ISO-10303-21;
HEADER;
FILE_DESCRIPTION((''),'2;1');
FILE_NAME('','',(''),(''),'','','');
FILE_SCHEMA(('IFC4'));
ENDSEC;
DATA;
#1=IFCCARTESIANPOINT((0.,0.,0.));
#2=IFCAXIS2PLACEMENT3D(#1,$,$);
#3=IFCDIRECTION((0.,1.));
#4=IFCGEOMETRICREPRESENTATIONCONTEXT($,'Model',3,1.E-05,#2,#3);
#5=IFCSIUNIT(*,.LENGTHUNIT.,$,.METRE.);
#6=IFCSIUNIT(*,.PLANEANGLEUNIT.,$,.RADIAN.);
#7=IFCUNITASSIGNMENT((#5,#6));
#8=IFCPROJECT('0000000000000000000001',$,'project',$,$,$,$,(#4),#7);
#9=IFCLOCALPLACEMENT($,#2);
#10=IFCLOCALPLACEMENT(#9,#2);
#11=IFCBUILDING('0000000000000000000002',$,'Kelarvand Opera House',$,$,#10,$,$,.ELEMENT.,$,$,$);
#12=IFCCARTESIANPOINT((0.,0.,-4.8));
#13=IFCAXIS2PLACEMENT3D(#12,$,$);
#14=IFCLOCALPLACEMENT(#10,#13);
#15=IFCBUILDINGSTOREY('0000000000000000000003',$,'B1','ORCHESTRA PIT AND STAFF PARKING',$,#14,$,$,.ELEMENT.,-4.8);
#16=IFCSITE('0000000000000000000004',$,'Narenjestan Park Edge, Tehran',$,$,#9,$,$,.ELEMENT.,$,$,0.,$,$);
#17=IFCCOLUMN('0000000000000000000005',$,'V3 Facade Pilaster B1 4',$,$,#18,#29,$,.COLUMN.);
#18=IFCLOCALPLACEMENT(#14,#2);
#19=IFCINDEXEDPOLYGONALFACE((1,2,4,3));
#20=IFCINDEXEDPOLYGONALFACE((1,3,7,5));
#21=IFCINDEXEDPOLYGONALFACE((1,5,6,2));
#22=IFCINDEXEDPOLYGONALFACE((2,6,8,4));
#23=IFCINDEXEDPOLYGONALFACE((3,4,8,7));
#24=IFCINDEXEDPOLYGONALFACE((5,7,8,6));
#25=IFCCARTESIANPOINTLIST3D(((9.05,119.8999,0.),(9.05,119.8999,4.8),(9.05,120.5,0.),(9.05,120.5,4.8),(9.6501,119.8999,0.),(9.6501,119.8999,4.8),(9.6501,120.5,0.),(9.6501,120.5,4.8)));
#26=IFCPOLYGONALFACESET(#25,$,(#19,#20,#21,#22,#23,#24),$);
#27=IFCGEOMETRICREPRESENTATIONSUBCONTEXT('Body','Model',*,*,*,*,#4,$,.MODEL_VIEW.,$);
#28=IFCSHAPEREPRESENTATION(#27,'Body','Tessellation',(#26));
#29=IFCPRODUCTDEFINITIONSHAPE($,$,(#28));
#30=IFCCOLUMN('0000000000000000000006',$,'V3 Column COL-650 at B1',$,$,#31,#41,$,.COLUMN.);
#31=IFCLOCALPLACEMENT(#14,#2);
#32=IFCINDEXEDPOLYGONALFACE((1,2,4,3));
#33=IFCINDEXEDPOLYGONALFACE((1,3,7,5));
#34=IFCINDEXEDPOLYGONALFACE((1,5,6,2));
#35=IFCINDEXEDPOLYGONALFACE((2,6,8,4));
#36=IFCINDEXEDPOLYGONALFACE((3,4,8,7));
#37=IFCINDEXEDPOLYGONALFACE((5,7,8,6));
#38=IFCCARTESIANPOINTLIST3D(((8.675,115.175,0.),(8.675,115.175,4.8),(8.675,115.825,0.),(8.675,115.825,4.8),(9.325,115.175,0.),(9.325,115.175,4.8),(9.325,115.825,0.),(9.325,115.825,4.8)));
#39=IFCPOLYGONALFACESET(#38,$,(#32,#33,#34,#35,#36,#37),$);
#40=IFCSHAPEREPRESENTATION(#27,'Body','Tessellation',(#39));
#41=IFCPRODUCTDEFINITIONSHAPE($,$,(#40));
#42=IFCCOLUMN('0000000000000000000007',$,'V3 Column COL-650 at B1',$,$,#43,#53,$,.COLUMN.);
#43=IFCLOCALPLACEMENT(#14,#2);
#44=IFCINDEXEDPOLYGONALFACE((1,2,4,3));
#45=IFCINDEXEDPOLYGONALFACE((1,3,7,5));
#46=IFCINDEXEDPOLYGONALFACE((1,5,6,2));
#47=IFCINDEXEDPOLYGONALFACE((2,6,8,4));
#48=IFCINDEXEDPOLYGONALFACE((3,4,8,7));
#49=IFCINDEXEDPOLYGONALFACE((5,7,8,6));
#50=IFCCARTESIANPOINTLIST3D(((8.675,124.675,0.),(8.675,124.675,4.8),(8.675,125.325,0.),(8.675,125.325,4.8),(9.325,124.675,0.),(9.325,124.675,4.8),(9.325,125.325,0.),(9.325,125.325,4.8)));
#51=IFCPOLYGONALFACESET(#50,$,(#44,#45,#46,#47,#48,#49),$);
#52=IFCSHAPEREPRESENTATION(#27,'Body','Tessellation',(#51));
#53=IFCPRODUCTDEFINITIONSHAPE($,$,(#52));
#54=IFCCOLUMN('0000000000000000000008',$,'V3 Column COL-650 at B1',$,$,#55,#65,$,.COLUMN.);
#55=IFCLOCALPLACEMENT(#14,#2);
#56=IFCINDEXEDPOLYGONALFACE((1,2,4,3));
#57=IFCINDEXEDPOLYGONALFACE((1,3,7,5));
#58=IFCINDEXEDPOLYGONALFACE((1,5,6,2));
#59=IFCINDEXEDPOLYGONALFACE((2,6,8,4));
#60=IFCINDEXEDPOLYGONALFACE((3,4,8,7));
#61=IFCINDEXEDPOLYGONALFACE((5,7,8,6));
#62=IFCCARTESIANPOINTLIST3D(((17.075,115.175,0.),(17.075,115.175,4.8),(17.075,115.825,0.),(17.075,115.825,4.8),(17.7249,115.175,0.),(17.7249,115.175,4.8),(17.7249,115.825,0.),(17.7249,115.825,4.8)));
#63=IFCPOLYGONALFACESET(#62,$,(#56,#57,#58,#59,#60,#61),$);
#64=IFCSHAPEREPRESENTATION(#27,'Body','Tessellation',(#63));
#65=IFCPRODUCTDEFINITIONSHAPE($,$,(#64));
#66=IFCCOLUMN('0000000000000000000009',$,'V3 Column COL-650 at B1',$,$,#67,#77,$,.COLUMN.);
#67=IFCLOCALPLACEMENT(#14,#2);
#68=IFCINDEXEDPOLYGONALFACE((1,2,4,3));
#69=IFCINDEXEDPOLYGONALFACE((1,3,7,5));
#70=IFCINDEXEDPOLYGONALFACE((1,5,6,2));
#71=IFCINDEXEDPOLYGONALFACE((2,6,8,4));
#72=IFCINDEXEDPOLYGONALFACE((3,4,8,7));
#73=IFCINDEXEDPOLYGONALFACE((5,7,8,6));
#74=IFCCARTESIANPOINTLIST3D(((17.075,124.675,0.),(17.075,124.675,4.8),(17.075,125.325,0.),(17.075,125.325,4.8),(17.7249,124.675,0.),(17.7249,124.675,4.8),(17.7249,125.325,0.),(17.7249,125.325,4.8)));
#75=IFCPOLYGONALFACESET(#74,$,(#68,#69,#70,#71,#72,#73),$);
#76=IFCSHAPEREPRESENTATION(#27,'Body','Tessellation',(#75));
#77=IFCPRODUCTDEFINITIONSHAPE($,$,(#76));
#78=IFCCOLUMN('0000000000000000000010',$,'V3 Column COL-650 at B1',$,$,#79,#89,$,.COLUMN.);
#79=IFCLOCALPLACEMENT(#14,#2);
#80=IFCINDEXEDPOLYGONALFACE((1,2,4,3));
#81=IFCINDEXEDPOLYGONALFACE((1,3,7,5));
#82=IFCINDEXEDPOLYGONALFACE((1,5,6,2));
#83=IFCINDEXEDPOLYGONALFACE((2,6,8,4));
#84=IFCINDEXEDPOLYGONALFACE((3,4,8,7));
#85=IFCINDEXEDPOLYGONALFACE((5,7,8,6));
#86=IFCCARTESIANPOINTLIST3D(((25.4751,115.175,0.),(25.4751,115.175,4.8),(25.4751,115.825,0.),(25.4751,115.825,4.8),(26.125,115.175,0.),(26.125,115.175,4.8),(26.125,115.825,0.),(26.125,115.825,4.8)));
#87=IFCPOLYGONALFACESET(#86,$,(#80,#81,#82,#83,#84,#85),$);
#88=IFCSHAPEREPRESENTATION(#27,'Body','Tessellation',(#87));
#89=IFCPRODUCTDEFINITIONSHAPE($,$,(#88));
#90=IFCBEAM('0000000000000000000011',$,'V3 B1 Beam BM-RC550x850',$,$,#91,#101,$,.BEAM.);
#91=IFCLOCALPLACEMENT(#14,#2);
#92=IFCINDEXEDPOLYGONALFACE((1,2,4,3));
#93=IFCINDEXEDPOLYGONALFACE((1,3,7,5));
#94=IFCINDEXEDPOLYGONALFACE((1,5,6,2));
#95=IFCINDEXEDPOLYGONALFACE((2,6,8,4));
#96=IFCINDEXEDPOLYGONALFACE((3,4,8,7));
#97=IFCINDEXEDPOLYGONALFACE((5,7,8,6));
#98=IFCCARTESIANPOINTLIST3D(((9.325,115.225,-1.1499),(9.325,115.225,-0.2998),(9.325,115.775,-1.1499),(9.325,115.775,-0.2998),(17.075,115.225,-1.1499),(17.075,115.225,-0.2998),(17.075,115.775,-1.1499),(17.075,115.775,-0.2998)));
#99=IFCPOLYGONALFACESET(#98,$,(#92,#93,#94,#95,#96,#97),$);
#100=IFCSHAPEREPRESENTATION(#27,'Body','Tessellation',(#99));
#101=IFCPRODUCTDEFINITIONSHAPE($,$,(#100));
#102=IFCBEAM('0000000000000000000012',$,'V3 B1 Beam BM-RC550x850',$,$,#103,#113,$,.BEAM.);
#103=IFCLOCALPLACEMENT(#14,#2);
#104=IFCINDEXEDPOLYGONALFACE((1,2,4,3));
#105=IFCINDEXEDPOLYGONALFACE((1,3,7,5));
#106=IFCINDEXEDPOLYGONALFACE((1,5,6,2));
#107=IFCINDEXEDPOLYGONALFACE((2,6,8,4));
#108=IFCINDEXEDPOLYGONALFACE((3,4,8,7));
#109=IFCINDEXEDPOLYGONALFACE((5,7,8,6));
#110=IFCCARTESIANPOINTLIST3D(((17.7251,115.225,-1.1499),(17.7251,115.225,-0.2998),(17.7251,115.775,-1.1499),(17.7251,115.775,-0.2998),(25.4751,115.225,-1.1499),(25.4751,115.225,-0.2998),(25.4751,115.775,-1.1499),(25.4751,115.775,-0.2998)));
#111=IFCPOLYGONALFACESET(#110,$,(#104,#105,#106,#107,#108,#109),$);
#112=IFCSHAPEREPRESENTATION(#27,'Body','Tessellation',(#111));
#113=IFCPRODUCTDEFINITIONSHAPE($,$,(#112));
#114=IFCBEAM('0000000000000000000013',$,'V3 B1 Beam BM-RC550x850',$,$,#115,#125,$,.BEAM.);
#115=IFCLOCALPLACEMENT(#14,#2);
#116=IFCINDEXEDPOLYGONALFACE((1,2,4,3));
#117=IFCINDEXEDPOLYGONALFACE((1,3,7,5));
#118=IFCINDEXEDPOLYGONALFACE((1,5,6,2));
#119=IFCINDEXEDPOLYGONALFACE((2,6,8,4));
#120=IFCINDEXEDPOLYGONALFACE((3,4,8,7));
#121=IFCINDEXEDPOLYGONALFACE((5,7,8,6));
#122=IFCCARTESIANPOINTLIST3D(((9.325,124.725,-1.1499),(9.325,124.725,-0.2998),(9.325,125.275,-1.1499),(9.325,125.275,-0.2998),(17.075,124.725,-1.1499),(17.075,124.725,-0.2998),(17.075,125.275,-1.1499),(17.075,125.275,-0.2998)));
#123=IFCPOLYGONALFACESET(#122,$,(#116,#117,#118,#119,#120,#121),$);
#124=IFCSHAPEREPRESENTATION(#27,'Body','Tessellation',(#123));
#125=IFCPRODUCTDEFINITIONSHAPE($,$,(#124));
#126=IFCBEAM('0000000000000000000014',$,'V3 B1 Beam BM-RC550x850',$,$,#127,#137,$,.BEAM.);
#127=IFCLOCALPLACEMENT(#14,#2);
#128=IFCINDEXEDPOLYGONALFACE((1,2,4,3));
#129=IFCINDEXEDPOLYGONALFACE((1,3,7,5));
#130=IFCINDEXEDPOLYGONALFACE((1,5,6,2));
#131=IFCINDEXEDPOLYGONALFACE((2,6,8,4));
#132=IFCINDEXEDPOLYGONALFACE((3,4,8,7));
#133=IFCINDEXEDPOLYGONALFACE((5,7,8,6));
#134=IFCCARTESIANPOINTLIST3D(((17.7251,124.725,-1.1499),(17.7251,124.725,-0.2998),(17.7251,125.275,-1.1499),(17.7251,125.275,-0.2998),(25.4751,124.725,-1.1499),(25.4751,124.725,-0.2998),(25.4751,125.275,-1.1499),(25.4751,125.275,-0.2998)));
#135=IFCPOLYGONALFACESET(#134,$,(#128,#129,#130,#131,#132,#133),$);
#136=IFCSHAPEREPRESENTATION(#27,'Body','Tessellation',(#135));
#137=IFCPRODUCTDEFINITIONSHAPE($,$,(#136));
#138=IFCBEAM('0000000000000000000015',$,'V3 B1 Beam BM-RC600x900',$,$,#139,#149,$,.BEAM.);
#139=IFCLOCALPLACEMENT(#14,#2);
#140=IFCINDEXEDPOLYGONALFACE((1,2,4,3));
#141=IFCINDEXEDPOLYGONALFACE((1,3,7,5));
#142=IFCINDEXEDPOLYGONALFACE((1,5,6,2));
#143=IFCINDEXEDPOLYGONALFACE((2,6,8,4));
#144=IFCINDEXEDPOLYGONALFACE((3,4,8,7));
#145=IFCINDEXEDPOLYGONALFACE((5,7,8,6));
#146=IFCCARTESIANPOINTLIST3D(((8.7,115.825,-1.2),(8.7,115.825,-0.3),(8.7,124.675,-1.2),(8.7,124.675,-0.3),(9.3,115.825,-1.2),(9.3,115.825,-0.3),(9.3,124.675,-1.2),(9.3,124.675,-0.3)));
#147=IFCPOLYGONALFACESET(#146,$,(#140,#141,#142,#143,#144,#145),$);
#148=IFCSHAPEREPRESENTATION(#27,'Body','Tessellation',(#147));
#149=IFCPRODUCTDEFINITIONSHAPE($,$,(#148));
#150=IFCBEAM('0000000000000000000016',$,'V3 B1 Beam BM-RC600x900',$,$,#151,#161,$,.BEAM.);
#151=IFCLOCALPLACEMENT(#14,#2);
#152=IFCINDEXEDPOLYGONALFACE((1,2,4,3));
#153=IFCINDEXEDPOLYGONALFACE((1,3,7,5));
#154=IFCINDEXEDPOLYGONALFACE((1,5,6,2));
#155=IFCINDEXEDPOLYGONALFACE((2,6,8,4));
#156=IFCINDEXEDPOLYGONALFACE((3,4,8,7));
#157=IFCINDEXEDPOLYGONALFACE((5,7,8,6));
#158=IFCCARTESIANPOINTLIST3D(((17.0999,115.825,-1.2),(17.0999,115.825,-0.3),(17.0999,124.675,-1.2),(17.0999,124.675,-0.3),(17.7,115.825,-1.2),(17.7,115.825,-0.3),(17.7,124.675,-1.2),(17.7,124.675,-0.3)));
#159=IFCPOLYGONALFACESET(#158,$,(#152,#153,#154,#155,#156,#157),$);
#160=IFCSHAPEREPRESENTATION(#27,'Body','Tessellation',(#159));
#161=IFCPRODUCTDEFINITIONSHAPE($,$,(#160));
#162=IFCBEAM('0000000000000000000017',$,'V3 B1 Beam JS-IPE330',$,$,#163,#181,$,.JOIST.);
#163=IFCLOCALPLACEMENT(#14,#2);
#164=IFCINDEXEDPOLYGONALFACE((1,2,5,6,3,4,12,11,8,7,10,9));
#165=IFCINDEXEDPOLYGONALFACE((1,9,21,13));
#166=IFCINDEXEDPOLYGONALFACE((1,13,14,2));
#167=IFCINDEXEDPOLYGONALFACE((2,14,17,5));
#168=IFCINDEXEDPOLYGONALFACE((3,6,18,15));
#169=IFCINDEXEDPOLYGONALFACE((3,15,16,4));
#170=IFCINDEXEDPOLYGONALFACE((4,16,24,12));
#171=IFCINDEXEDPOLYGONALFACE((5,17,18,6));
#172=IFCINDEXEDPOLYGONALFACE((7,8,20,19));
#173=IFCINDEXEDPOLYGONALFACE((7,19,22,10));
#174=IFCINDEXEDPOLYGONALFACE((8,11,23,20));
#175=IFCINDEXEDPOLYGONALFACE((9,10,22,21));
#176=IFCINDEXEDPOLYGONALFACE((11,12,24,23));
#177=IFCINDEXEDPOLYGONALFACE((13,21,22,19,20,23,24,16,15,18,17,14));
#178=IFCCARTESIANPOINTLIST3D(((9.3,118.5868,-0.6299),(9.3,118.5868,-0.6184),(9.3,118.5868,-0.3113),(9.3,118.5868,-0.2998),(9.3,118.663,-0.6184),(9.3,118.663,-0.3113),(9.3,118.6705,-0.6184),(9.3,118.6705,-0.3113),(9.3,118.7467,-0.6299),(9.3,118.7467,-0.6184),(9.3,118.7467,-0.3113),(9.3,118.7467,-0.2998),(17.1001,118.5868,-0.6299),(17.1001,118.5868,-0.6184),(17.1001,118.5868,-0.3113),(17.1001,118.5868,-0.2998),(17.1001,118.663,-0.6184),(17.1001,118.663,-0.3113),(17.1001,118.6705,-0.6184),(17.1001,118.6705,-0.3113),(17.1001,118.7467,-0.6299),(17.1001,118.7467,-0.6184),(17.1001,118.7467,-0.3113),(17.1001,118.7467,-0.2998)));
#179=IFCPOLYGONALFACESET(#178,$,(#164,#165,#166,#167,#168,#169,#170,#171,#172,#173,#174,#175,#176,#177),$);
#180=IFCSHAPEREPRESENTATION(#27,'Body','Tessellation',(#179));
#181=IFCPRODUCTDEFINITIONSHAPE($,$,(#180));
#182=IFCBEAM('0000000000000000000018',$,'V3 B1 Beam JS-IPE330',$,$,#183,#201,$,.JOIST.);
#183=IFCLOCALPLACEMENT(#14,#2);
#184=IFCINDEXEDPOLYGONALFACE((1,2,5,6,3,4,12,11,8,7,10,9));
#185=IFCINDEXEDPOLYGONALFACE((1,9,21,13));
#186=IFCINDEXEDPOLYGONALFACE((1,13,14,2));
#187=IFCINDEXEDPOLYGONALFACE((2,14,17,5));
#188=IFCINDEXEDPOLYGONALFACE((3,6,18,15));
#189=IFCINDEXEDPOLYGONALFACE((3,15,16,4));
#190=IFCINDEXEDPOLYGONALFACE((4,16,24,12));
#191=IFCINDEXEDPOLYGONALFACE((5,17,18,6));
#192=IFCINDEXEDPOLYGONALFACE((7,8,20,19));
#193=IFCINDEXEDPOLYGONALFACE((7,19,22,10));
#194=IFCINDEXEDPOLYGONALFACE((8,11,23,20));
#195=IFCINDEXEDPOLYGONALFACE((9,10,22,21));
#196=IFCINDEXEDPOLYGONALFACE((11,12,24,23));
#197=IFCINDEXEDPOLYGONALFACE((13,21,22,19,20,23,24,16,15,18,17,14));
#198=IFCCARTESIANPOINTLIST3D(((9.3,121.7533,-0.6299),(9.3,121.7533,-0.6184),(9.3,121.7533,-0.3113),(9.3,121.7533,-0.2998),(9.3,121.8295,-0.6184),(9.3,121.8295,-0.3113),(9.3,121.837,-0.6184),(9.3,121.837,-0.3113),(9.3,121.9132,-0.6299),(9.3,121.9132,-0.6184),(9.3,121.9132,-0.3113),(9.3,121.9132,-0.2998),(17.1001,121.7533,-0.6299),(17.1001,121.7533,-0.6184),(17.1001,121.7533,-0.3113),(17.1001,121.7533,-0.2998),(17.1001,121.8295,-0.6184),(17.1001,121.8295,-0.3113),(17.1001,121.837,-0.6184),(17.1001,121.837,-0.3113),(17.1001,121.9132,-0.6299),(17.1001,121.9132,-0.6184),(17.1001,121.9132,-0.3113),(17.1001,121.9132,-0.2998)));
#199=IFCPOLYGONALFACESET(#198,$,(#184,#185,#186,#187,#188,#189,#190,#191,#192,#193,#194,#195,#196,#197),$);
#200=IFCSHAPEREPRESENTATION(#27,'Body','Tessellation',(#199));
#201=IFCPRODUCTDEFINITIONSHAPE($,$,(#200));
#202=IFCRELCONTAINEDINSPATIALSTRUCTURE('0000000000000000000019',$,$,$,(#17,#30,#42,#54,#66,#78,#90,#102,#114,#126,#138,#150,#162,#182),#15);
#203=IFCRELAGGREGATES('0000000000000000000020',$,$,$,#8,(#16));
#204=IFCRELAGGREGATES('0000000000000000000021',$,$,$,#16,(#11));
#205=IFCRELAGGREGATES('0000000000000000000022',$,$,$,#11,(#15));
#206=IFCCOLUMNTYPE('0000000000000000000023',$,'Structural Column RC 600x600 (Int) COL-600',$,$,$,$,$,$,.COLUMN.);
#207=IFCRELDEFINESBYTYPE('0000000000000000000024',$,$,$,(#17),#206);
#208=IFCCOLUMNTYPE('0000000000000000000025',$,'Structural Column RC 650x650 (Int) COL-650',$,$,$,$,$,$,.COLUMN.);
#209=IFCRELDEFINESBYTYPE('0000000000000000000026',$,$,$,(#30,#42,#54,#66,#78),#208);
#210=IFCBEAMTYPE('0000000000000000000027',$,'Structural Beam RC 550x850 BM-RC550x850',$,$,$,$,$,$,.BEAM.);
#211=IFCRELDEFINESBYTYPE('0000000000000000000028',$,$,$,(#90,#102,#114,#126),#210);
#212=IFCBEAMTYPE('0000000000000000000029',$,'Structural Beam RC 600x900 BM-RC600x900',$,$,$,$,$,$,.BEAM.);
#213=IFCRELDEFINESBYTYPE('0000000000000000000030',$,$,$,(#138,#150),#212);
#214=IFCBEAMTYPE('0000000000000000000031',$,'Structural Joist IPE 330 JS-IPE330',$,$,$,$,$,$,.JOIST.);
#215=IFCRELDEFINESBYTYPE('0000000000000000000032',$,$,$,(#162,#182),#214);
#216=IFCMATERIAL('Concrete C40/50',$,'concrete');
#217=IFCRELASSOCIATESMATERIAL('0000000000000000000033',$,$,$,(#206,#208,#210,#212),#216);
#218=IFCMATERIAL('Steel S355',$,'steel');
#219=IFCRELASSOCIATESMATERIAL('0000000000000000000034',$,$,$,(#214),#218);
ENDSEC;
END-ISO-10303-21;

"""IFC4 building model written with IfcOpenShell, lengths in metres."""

from ifc_helpers import new_model, si_unit, direction, frame, origin, origin_2d, place, context, subcontext, project, spatial, rectangle, i_section, extrude, material, material_profile, profile_set, type_object, element, save


model = new_model("IFC4")

# Units and contexts
model_context = context("Model", 3, precision=1e-05, world=origin(), true_north=direction((0.0, 1.0)))
body_context = subcontext(model_context, "Body", "Model", "MODEL_VIEW")
ifc_project = project(units=[si_unit("LENGTHUNIT", "METRE"), si_unit("PLANEANGLEUNIT", "RADIAN")], contexts=[model_context])

# Site, building, storey
site_placement = place(None, origin())
site = spatial("IfcSite", under=ifc_project, at=site_placement, Name="Narenjestan Park Edge, Tehran", CompositionType="ELEMENT", RefElevation=0.0)
building_placement = place(site_placement, origin())
building = spatial("IfcBuilding", under=site, at=building_placement, Name="Kelarvand Opera House", CompositionType="ELEMENT")
storey_placement = place(building_placement, frame((0.0, 0.0, -4.8)))
storey = spatial("IfcBuildingStorey", under=building, at=storey_placement, Name="B1", Description="ORCHESTRA PIT AND STAFF PARKING", CompositionType="ELEMENT", Elevation=-4.8)

# Columns
ifc_material_1 = material(Name="Concrete C40/50", Category="concrete")
ifc_material_profile_1 = material_profile(ifc_material_1, rectangle(XDim=0.6001, YDim=0.6001, at=origin_2d()), Name="RC 600x600", Category="concrete")
ifc_profile_set_1 = profile_set([ifc_material_profile_1], Name="Concrete C40/50")
column_type_1 = type_object("IfcColumnType", Name="Structural Column RC 600x600 (Int) COL-600", PredefinedType="COLUMN", material=ifc_profile_set_1)
column_placement = place(storey_placement, frame((9.3501, 120.2, 0.0), z_axis=(0.0, 0.0, 1.0), x_axis=(1.0, 0.0, 0.0)))
element("IfcColumn", 1, at=column_placement, inside=storey, type_object=column_type_1, Name="V3 Facade Pilaster B1 4", PredefinedType="COLUMN", context=body_context, shape_type="SweptSolid", body=[
    extrude(rectangle(XDim=0.6001, YDim=0.6001, at=origin_2d()), origin(), (0.0, 0.0, 1.0), 4.8),
])
ifc_material_profile_2 = material_profile(ifc_material_1, rectangle(XDim=0.6499, YDim=0.6499, at=origin_2d()), Name="RC 650x650", Category="concrete")
ifc_profile_set_2 = profile_set([ifc_material_profile_2], Name="Concrete C40/50")
column_type_2 = type_object("IfcColumnType", Name="Structural Column RC 650x650 (Int) COL-650", PredefinedType="COLUMN", material=ifc_profile_set_2)
for number, where, z_axis, x_axis, name in (
    (2, (9.0, 115.5, 0.0), (0.0, 0.0, 1.0), (1.0, 0.0, 0.0), "V3 Column COL-650 at B1"),
    (3, (9.0, 125.0, 0.0), (0.0, 0.0, 1.0), (1.0, 0.0, 0.0), "V3 Column COL-650 at B1"),
    (4, (17.3999, 115.5, 0.0), (0.0, 0.0, 1.0), (1.0, 0.0, 0.0), "V3 Column COL-650 at B1"),
    (5, (17.3999, 125.0, 0.0), (0.0, 0.0, 1.0), (1.0, 0.0, 0.0), "V3 Column COL-650 at B1"),
    (6, (25.8, 115.5, 0.0), (0.0, 0.0, 1.0), (1.0, 0.0, 0.0), "V3 Column COL-650 at B1"),
):
    element("IfcColumn", number, at=place(storey_placement, frame(where, z_axis=z_axis, x_axis=x_axis)), inside=storey, type_object=column_type_2, Name=name, PredefinedType="COLUMN", context=body_context, shape_type="SweptSolid", body=[
        extrude(rectangle(XDim=0.6499, YDim=0.6499, at=origin_2d()), origin(), (0.0, 0.0, 1.0), 4.8),
    ])

# Beams
ifc_material_profile_3 = material_profile(ifc_material_1, rectangle(XDim=0.55, YDim=0.8501, at=origin_2d()), Name="RC 550x850", Category="concrete")
ifc_profile_set_3 = profile_set([ifc_material_profile_3], Name="Concrete C40/50")
beam_type_1 = type_object("IfcBeamType", Name="Structural Beam RC 550x850 BM-RC550x850", PredefinedType="BEAM", material=ifc_profile_set_3)
for number, where, z_axis, x_axis, name in (
    (7, (9.325, 115.5, -0.7249), (1.0, 0.0, 0.0), (0.0, 1.0, 0.0), "V3 B1 Beam BM-RC550x850"),
    (8, (17.7251, 115.5, -0.7249), (1.0, 0.0, 0.0), (0.0, 1.0, 0.0), "V3 B1 Beam BM-RC550x850"),
    (9, (9.325, 125.0, -0.7249), (1.0, 0.0, 0.0), (0.0, 1.0, 0.0), "V3 B1 Beam BM-RC550x850"),
    (10, (17.7251, 125.0, -0.7249), (1.0, 0.0, 0.0), (0.0, 1.0, 0.0), "V3 B1 Beam BM-RC550x850"),
):
    element("IfcBeam", number, at=place(storey_placement, frame(where, z_axis=z_axis, x_axis=x_axis)), inside=storey, type_object=beam_type_1, Name=name, PredefinedType="BEAM", context=body_context, shape_type="SweptSolid", body=[
        extrude(rectangle(XDim=0.55, YDim=0.8501, at=origin_2d()), origin(), (0.0, 0.0, 1.0), 7.75),
    ])
ifc_material_profile_4 = material_profile(ifc_material_1, rectangle(XDim=0.6001, YDim=0.8999, at=origin_2d()), Name="RC 600x900", Category="concrete")
ifc_profile_set_4 = profile_set([ifc_material_profile_4], Name="Concrete C40/50")
beam_type_2 = type_object("IfcBeamType", Name="Structural Beam RC 600x900 BM-RC600x900", PredefinedType="BEAM", material=ifc_profile_set_4)
for number, where, z_axis, x_axis, name in (
    (11, (9.0, 115.825, -0.75), (0.0, 1.0, 0.0), (-1.0, 0.0, 0.0), "V3 B1 Beam BM-RC600x900"),
    (12, (17.3999, 115.825, -0.75), (0.0, 1.0, 0.0), (-1.0, 0.0, 0.0), "V3 B1 Beam BM-RC600x900"),
):
    element("IfcBeam", number, at=place(storey_placement, frame(where, z_axis=z_axis, x_axis=x_axis)), inside=storey, type_object=beam_type_2, Name=name, PredefinedType="BEAM", context=body_context, shape_type="SweptSolid", body=[
        extrude(rectangle(XDim=0.6001, YDim=0.8999, at=origin_2d()), origin(), (0.0, 0.0, 1.0), 8.8501),
    ])
ifc_material_2 = material(Name="Steel S355", Category="steel")
ifc_material_profile_5 = material_profile(ifc_material_2, i_section(OverallWidth=0.1599, OverallDepth=0.3301, WebThickness=0.0076, FlangeThickness=0.0115, at=origin_2d()), Name="IPE 330", Category="steel")
ifc_profile_set_5 = profile_set([ifc_material_profile_5], Name="Steel S355")
beam_type_3 = type_object("IfcBeamType", Name="Structural Joist IPE 330 JS-IPE330", PredefinedType="JOIST", material=ifc_profile_set_5)
for number, where, z_axis, x_axis, name in (
    (13, (9.3, 118.6667, -0.4648), (1.0, 0.0, 0.0), (0.0, 1.0, 0.0), "V3 B1 Beam JS-IPE330"),
    (14, (9.3, 121.8333, -0.4648), (1.0, 0.0, 0.0), (0.0, 1.0, 0.0), "V3 B1 Beam JS-IPE330"),
):
    element("IfcBeam", number, at=place(storey_placement, frame(where, z_axis=z_axis, x_axis=x_axis)), inside=storey, type_object=beam_type_3, Name=name, PredefinedType="JOIST", context=body_context, shape_type="SweptSolid", body=[
        extrude(i_section(OverallWidth=0.1599, OverallDepth=0.3301, WebThickness=0.0076, FlangeThickness=0.0115, at=origin_2d()), origin(), (0.0, 0.0, 1.0), 7.8),
    ])

save(model, "model.ifc")
